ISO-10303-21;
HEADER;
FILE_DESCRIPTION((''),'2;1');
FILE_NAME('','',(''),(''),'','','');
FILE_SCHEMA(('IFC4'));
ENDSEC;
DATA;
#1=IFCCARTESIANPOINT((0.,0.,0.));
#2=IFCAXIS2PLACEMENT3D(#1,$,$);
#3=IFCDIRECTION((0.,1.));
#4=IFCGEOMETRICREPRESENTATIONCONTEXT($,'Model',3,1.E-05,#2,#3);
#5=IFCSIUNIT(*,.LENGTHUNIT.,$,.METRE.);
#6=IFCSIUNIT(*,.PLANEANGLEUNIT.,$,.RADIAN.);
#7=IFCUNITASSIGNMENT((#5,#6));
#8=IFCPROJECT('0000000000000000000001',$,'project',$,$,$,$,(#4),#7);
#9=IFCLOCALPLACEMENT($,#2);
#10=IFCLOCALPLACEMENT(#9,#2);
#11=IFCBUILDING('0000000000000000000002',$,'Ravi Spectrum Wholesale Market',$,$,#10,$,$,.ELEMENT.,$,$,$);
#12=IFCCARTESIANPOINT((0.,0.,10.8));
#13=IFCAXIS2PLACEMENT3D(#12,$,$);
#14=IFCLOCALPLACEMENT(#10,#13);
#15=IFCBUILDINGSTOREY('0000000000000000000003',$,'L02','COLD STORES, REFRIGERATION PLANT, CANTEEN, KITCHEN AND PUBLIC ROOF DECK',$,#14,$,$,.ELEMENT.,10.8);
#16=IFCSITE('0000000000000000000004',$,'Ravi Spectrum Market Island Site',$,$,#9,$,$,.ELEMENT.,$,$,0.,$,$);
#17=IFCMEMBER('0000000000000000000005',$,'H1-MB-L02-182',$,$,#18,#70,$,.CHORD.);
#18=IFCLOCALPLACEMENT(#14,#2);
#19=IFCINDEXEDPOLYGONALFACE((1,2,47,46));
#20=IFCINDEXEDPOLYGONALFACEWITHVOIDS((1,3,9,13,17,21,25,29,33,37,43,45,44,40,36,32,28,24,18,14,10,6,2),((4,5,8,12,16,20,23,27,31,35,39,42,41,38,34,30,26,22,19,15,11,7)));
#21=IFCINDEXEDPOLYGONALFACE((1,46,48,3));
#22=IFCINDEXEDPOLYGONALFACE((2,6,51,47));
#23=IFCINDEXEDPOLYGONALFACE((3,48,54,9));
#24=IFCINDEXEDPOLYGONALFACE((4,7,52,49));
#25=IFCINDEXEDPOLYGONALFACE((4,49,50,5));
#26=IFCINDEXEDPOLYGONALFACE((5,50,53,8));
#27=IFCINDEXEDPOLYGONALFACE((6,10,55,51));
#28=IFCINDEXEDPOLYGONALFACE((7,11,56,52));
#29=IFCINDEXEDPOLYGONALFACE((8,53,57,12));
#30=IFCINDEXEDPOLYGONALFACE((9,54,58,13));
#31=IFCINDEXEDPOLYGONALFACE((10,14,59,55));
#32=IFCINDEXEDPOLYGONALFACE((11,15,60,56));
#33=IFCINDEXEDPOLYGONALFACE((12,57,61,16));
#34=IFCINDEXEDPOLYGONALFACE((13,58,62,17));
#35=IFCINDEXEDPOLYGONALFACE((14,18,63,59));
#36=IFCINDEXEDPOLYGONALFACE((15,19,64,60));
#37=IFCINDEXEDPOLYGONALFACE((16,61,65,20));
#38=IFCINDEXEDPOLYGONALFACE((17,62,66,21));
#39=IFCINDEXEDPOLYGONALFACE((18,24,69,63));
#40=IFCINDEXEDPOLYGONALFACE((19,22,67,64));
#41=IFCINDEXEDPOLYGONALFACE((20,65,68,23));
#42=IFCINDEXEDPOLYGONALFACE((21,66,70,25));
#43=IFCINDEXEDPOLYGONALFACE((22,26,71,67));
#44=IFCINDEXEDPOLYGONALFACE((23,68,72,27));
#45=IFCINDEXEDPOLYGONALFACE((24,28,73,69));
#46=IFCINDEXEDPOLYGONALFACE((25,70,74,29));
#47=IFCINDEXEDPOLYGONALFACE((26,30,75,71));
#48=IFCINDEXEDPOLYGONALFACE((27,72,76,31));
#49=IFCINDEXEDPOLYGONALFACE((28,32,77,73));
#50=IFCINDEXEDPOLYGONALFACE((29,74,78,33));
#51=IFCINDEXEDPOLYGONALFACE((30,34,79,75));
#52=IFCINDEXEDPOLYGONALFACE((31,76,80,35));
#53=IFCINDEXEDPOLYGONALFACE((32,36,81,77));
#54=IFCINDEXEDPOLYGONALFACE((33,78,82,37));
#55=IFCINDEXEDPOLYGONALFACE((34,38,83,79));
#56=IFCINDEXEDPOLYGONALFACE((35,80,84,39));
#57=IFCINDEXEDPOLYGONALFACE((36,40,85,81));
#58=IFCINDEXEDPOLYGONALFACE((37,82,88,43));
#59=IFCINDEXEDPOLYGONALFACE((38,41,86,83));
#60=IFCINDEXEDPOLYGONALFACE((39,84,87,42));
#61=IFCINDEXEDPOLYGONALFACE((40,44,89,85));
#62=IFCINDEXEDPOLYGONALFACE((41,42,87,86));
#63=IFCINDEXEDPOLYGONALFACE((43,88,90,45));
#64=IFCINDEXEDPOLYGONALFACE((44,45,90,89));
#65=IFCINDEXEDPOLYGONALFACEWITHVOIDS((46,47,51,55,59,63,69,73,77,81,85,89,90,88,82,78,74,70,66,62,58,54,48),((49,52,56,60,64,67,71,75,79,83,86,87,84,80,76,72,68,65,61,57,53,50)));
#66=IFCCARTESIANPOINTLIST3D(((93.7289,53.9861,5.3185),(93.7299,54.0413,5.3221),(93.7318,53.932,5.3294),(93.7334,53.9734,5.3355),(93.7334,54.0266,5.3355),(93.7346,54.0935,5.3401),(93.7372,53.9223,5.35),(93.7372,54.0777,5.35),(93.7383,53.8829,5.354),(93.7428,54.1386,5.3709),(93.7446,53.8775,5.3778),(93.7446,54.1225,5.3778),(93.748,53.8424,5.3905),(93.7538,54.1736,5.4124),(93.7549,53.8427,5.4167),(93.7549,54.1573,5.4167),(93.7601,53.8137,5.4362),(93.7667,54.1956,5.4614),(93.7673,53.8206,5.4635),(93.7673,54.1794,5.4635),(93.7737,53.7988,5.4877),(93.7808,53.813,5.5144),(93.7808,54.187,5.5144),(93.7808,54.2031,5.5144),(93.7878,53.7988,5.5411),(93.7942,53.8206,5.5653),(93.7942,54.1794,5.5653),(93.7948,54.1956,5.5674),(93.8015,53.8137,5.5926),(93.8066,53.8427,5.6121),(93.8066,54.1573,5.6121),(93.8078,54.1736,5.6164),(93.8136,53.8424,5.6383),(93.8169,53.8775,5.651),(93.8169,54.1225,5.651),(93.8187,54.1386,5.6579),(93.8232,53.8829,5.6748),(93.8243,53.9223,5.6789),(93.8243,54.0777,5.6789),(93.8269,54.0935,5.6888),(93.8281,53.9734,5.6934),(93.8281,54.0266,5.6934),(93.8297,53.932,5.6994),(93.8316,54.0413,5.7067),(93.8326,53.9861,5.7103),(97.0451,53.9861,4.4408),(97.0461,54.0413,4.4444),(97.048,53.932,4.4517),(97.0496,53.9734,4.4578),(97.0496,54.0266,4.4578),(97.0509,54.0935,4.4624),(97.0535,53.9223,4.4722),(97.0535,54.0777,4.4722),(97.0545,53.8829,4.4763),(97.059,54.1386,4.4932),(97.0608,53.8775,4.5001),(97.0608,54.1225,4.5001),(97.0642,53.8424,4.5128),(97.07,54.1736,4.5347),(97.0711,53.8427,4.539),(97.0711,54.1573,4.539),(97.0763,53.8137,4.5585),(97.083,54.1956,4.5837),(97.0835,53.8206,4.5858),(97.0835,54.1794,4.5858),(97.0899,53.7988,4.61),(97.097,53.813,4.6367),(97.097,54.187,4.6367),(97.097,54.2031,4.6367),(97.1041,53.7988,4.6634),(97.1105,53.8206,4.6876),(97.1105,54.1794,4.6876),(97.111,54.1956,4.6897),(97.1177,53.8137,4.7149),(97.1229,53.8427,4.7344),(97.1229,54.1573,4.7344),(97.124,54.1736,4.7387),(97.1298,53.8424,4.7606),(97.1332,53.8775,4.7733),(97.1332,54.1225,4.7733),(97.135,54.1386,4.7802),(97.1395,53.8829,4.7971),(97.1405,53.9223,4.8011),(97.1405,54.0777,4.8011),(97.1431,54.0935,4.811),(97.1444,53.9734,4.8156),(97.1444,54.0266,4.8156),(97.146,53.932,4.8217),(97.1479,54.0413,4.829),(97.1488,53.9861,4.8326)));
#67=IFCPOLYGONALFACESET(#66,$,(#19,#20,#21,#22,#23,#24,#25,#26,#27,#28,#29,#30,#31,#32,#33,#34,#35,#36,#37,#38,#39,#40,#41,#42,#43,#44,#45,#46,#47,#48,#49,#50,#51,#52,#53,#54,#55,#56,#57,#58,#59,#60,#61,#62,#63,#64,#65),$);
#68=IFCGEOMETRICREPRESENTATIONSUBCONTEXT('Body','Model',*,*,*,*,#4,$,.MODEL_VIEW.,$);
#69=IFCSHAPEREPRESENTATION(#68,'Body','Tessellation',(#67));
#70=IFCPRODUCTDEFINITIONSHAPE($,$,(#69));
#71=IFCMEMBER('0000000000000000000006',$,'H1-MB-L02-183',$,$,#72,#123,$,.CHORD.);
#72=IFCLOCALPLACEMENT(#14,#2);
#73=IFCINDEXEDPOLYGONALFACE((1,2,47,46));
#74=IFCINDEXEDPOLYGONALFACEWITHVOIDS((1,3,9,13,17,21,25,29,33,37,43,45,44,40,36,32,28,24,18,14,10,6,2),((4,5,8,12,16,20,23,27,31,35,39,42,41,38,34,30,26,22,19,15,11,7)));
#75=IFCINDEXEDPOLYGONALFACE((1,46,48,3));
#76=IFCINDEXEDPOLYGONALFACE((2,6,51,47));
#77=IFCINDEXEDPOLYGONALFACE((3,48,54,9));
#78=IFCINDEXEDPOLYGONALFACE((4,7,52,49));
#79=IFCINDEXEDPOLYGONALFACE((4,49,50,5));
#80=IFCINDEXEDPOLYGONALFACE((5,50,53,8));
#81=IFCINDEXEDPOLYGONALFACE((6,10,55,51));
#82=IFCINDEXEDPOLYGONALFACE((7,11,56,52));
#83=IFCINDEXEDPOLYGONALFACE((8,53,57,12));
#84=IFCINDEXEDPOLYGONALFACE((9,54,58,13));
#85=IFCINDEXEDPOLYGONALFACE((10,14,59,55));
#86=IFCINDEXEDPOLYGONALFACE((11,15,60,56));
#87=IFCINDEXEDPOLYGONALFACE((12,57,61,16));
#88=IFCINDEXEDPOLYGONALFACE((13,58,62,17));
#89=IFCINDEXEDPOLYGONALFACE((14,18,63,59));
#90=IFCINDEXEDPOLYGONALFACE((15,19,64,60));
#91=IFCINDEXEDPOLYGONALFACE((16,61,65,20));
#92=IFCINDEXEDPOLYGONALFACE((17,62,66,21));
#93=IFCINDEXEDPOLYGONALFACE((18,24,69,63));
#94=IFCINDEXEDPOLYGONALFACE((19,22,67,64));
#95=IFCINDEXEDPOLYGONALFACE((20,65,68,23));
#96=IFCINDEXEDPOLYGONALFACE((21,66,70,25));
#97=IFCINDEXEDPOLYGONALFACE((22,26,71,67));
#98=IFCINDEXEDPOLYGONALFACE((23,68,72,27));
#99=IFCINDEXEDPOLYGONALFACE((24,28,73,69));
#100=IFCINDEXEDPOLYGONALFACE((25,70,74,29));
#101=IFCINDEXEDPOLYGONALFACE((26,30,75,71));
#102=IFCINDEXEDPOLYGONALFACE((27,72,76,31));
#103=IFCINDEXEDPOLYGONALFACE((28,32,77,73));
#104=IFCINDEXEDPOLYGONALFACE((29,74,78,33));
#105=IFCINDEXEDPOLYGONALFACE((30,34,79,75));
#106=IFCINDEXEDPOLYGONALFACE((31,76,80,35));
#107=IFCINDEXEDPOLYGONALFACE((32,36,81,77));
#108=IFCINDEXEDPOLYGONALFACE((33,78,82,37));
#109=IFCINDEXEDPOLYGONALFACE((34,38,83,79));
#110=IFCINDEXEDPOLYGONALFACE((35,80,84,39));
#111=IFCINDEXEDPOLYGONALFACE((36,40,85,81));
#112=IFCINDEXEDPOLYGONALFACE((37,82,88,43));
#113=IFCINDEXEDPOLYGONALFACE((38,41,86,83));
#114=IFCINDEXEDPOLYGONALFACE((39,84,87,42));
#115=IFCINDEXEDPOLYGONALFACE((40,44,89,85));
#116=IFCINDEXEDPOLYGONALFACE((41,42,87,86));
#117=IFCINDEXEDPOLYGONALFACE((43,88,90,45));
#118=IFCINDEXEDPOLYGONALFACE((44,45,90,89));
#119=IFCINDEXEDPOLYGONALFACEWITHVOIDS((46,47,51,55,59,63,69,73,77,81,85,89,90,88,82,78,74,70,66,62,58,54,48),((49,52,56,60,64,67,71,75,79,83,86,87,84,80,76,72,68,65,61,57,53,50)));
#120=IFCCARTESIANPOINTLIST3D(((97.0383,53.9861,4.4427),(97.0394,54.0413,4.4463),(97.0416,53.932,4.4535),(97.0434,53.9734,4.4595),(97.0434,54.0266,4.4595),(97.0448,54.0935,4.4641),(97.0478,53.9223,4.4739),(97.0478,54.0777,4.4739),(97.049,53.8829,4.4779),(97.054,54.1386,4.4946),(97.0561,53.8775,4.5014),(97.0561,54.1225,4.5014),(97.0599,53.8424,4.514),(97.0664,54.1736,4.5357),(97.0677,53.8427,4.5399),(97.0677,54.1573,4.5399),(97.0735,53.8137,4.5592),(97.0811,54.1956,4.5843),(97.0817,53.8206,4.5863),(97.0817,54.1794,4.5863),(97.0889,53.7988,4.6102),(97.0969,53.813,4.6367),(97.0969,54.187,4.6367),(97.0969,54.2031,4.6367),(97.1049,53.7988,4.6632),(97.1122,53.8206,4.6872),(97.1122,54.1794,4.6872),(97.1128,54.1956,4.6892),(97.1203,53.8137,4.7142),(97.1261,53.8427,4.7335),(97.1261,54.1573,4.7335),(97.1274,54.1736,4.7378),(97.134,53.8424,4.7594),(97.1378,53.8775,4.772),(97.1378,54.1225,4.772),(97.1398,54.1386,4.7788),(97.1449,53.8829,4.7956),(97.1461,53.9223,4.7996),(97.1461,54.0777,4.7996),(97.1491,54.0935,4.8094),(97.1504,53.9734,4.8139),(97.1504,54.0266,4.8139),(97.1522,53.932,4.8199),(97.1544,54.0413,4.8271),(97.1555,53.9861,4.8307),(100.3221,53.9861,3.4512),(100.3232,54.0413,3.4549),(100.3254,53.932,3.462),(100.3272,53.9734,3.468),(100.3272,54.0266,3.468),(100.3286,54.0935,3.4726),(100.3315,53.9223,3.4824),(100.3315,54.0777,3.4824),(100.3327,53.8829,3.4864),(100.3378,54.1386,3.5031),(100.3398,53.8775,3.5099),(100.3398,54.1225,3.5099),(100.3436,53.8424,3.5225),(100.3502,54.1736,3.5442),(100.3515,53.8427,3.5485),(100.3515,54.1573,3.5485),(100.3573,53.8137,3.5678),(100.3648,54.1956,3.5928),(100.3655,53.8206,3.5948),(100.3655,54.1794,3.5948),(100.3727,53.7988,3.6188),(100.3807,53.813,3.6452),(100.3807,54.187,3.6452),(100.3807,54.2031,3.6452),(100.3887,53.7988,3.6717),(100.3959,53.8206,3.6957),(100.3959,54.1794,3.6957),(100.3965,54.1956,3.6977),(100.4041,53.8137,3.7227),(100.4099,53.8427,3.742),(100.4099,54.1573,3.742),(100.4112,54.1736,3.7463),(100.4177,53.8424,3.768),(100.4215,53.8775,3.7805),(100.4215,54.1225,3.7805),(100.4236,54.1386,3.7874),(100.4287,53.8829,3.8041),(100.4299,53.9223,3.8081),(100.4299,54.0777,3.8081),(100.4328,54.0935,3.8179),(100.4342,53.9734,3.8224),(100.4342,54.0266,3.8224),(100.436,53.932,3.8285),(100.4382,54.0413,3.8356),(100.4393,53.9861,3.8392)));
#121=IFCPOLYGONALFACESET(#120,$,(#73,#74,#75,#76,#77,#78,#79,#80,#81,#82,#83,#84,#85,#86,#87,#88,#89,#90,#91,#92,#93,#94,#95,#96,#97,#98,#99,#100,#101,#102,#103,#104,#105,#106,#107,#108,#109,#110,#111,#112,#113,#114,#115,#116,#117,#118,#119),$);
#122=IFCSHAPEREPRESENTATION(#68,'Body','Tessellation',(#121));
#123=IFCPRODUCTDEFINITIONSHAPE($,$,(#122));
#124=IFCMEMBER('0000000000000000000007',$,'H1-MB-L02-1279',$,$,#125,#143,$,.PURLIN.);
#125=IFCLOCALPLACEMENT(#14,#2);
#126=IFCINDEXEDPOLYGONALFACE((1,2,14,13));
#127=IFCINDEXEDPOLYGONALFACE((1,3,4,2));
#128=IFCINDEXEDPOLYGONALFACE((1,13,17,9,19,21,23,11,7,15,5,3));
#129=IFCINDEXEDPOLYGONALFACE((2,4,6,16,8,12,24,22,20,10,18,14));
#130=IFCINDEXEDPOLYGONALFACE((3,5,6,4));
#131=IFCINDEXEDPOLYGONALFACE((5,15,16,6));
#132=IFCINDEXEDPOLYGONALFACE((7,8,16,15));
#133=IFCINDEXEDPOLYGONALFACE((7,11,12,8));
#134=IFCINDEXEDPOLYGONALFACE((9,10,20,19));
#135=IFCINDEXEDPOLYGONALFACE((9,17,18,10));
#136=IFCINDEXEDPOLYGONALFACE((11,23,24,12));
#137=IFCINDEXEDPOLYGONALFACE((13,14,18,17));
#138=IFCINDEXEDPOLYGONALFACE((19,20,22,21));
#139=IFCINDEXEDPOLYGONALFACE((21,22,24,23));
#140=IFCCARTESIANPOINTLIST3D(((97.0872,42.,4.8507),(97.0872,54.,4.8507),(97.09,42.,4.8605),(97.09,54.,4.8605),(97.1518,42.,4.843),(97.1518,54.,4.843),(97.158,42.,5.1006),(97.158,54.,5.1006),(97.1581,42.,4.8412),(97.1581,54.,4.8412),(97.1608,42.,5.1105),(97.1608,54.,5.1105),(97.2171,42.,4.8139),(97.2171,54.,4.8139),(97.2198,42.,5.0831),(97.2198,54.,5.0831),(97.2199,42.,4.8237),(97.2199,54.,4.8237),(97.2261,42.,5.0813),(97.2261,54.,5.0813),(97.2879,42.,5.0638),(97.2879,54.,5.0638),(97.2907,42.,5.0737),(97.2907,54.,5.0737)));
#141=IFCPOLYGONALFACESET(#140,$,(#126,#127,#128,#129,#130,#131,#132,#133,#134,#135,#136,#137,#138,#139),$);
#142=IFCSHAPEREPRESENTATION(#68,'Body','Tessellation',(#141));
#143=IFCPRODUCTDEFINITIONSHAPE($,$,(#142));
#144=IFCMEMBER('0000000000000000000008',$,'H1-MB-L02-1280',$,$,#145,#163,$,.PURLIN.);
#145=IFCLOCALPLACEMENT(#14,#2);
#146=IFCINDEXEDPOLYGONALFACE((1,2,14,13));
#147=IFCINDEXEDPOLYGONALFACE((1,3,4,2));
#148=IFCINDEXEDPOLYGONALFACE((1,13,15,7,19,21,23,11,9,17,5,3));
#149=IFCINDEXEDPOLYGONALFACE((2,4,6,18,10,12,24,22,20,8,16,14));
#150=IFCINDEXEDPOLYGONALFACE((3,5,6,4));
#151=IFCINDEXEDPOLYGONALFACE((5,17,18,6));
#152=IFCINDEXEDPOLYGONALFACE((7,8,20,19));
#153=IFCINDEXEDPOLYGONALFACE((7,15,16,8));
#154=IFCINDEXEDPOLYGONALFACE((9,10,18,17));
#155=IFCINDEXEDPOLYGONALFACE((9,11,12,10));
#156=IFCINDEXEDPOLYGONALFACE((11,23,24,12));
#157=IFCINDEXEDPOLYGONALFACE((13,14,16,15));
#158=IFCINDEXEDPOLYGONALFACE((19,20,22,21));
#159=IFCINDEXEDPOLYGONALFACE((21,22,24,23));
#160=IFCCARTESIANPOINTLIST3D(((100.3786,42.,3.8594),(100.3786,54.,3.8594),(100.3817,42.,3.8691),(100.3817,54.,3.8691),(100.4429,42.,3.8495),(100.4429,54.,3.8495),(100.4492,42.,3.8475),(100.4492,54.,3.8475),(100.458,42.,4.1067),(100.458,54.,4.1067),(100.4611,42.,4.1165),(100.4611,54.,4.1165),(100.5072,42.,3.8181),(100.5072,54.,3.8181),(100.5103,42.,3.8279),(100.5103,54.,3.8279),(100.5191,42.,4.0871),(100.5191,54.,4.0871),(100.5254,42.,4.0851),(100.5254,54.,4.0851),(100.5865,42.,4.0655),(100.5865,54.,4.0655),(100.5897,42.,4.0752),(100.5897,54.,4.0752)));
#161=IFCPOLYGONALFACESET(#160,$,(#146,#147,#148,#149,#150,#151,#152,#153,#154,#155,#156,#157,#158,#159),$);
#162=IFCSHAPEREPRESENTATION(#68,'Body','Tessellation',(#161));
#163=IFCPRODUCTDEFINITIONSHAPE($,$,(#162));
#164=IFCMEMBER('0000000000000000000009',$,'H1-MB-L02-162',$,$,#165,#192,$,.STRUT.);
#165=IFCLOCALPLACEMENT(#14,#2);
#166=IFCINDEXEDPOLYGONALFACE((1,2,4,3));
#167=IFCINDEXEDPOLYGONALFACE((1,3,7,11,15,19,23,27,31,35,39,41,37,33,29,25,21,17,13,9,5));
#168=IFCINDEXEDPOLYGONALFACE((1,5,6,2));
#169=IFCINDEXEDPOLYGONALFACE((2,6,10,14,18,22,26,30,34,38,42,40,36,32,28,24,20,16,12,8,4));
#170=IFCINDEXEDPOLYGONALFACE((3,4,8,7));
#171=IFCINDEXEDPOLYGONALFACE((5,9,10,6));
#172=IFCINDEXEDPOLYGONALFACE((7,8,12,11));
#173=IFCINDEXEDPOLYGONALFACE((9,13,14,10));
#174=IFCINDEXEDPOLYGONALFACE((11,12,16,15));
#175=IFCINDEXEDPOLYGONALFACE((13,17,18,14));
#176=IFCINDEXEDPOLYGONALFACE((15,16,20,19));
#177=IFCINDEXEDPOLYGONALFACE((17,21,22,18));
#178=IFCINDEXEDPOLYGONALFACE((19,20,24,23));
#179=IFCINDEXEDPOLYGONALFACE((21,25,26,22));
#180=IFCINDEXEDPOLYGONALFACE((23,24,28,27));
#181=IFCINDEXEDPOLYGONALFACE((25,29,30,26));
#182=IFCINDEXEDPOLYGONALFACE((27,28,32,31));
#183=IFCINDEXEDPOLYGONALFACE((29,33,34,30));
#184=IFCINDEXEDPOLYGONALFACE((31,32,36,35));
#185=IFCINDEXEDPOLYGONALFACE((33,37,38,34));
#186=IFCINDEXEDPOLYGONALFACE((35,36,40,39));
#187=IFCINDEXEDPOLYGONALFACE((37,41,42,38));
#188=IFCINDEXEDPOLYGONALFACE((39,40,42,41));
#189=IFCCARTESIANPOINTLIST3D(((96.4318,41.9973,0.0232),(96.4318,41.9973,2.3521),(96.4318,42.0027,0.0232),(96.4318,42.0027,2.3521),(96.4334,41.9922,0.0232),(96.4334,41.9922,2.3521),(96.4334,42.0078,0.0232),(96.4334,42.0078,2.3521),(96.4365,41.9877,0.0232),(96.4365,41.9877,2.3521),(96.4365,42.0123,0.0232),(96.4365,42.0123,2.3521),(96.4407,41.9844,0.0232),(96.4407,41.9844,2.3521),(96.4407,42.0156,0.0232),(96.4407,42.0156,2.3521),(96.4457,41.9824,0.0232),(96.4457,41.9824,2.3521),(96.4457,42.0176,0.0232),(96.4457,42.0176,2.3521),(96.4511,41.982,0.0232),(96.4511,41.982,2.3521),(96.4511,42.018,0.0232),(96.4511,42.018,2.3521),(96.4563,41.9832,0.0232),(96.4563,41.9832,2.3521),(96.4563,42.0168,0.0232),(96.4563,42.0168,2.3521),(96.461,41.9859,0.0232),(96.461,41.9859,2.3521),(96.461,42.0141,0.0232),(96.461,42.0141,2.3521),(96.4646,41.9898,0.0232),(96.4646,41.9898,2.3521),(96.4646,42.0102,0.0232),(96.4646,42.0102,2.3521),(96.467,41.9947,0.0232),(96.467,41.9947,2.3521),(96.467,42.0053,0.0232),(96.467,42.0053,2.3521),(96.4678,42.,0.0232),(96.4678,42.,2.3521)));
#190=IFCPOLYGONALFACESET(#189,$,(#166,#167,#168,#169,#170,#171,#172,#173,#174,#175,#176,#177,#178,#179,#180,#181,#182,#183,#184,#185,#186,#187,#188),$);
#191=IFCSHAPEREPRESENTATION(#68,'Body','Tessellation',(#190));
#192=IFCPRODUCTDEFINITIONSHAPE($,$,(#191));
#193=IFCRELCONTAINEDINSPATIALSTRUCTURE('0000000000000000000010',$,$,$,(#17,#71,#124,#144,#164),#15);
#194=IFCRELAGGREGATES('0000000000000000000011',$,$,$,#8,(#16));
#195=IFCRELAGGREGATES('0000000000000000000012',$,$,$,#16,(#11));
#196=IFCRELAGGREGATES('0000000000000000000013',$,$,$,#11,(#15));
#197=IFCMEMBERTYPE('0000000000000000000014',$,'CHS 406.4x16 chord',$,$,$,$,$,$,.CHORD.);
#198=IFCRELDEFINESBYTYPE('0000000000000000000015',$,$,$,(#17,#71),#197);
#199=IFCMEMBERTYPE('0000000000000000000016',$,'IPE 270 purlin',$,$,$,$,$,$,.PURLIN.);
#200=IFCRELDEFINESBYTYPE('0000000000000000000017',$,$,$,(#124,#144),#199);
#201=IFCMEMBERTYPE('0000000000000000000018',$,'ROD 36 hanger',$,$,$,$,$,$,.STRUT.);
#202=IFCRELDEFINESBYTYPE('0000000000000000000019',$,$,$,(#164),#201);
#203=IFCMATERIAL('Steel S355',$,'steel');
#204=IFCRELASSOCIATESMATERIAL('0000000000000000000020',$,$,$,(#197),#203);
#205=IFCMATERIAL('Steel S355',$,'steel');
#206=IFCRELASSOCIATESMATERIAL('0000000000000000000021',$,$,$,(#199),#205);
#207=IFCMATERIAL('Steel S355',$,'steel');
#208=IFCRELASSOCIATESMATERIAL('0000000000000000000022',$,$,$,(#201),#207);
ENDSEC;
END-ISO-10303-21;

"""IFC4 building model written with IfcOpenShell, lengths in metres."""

from ifc_helpers import new_model, si_unit, direction, frame, origin, origin_2d, place, context, subcontext, project, spatial, circle, hollow_circle, i_section, extrude, material, material_profile, profile_set, type_object, element, save


model = new_model("IFC4")

# Units and contexts
model_context = context("Model", 3, precision=1e-05, world=origin(), true_north=direction((0.0, 1.0)))
body_context = subcontext(model_context, "Body", "Model", "MODEL_VIEW")
ifc_project = project(units=[si_unit("LENGTHUNIT", "METRE"), si_unit("PLANEANGLEUNIT", "RADIAN")], contexts=[model_context])

# Site, building, storey
site_placement = place(None, origin())
site = spatial("IfcSite", under=ifc_project, at=site_placement, Name="Ravi Spectrum Market Island Site", CompositionType="ELEMENT", RefElevation=0.0)
building_placement = place(site_placement, origin())
building = spatial("IfcBuilding", under=site, at=building_placement, Name="Ravi Spectrum Wholesale Market", CompositionType="ELEMENT")
storey_placement = place(building_placement, frame((0.0, 0.0, 10.8)))
storey = spatial("IfcBuildingStorey", under=building, at=storey_placement, Name="L02", Description="COLD STORES, REFRIGERATION PLANT, CANTEEN, KITCHEN AND PUBLIC ROOF DECK", CompositionType="ELEMENT", Elevation=10.8)

# Members
ifc_material_1 = material(Name="Steel S355", Category="steel")
ifc_material_profile_1 = material_profile(ifc_material_1, hollow_circle(Radius=0.2031, WallThickness=0.0161, at=origin_2d()))
ifc_profile_set_1 = profile_set([ifc_material_profile_1], Name="Steel S355")
member_type_1 = type_object("IfcMemberType", Name="CHS 406.4x16 chord", PredefinedType="CHORD", material=ifc_profile_set_1)
member_1_placement = place(storey_placement, frame((93.7808, 54.0, 5.5144), z_axis=(0.966714, 0.0, -0.255859), x_axis=(0.0, 1.0, 0.0)))
element("IfcMember", 1, at=member_1_placement, inside=storey, type_object=member_type_1, Name="H1-MB-L02-182", PredefinedType="CHORD", context=body_context, shape_type="SweptSolid", body=[
    extrude(hollow_circle(Radius=0.2031, WallThickness=0.0161, at=origin_2d()), origin(), (0.0, 0.0, 1.0), 3.4304),
])
member_2_placement = place(storey_placement, frame((97.0969, 54.0, 4.6367), z_axis=(0.957315, 0.0, -0.289045), x_axis=(0.0, 1.0, 0.0)))
element("IfcMember", 2, at=member_2_placement, inside=storey, type_object=member_type_1, Name="H1-MB-L02-183", PredefinedType="CHORD", context=body_context, shape_type="SweptSolid", body=[
    extrude(hollow_circle(Radius=0.2031, WallThickness=0.0161, at=origin_2d()), origin(), (0.0, 0.0, 1.0), 3.4302),
])
ifc_material_2 = material(Name="Steel S355", Category="steel")
ifc_material_profile_2 = material_profile(ifc_material_2, i_section(OverallWidth=0.135, OverallDepth=0.27, WebThickness=0.0066, FlangeThickness=0.0103, at=origin_2d()))
ifc_profile_set_2 = profile_set([ifc_material_profile_2], Name="Steel S355")
member_type_2 = type_object("IfcMemberType", Name="IPE 270 purlin", PredefinedType="PURLIN", material=ifc_profile_set_2)
for number, where, z_axis, x_axis, name in (
    (3, (97.189, 42.0, 4.9622), (0.0, 1.0, 0.0), (-0.962156, 0.0, 0.272499), "H1-MB-L02-1279"),
    (4, (100.4841, 42.0, 3.9673), (0.0, 1.0, 0.0), (-0.952184, 0.0, 0.305524), "H1-MB-L02-1280"),
):
    element("IfcMember", number, at=place(storey_placement, frame(where, z_axis=z_axis, x_axis=x_axis)), inside=storey, type_object=member_type_2, Name=name, PredefinedType="PURLIN", context=body_context, shape_type="SweptSolid", body=[
        extrude(i_section(OverallWidth=0.135, OverallDepth=0.27, WebThickness=0.0066, FlangeThickness=0.0103, at=origin_2d()), origin(), (0.0, 0.0, 1.0), 12.0),
    ])
ifc_material_3 = material(Name="Steel S355", Category="steel")
ifc_material_profile_3 = material_profile(ifc_material_3, circle(Radius=0.0181, at=origin_2d()))
ifc_profile_set_3 = profile_set([ifc_material_profile_3], Name="Steel S355")
member_type_3 = type_object("IfcMemberType", Name="ROD 36 hanger", PredefinedType="STRUT", material=ifc_profile_set_3)
member_3_placement = place(storey_placement, frame((96.4497, 42.0, 0.0232), z_axis=(0.0, 0.0, 1.0), x_axis=(1.0, 0.0, 0.0)))
element("IfcMember", 5, at=member_3_placement, inside=storey, type_object=member_type_3, Name="H1-MB-L02-162", PredefinedType="STRUT", context=body_context, shape_type="SweptSolid", body=[
    extrude(circle(Radius=0.0181, at=origin_2d()), origin(), (0.0, 0.0, 1.0), 2.3289),
])

save(model, "model.ifc")
